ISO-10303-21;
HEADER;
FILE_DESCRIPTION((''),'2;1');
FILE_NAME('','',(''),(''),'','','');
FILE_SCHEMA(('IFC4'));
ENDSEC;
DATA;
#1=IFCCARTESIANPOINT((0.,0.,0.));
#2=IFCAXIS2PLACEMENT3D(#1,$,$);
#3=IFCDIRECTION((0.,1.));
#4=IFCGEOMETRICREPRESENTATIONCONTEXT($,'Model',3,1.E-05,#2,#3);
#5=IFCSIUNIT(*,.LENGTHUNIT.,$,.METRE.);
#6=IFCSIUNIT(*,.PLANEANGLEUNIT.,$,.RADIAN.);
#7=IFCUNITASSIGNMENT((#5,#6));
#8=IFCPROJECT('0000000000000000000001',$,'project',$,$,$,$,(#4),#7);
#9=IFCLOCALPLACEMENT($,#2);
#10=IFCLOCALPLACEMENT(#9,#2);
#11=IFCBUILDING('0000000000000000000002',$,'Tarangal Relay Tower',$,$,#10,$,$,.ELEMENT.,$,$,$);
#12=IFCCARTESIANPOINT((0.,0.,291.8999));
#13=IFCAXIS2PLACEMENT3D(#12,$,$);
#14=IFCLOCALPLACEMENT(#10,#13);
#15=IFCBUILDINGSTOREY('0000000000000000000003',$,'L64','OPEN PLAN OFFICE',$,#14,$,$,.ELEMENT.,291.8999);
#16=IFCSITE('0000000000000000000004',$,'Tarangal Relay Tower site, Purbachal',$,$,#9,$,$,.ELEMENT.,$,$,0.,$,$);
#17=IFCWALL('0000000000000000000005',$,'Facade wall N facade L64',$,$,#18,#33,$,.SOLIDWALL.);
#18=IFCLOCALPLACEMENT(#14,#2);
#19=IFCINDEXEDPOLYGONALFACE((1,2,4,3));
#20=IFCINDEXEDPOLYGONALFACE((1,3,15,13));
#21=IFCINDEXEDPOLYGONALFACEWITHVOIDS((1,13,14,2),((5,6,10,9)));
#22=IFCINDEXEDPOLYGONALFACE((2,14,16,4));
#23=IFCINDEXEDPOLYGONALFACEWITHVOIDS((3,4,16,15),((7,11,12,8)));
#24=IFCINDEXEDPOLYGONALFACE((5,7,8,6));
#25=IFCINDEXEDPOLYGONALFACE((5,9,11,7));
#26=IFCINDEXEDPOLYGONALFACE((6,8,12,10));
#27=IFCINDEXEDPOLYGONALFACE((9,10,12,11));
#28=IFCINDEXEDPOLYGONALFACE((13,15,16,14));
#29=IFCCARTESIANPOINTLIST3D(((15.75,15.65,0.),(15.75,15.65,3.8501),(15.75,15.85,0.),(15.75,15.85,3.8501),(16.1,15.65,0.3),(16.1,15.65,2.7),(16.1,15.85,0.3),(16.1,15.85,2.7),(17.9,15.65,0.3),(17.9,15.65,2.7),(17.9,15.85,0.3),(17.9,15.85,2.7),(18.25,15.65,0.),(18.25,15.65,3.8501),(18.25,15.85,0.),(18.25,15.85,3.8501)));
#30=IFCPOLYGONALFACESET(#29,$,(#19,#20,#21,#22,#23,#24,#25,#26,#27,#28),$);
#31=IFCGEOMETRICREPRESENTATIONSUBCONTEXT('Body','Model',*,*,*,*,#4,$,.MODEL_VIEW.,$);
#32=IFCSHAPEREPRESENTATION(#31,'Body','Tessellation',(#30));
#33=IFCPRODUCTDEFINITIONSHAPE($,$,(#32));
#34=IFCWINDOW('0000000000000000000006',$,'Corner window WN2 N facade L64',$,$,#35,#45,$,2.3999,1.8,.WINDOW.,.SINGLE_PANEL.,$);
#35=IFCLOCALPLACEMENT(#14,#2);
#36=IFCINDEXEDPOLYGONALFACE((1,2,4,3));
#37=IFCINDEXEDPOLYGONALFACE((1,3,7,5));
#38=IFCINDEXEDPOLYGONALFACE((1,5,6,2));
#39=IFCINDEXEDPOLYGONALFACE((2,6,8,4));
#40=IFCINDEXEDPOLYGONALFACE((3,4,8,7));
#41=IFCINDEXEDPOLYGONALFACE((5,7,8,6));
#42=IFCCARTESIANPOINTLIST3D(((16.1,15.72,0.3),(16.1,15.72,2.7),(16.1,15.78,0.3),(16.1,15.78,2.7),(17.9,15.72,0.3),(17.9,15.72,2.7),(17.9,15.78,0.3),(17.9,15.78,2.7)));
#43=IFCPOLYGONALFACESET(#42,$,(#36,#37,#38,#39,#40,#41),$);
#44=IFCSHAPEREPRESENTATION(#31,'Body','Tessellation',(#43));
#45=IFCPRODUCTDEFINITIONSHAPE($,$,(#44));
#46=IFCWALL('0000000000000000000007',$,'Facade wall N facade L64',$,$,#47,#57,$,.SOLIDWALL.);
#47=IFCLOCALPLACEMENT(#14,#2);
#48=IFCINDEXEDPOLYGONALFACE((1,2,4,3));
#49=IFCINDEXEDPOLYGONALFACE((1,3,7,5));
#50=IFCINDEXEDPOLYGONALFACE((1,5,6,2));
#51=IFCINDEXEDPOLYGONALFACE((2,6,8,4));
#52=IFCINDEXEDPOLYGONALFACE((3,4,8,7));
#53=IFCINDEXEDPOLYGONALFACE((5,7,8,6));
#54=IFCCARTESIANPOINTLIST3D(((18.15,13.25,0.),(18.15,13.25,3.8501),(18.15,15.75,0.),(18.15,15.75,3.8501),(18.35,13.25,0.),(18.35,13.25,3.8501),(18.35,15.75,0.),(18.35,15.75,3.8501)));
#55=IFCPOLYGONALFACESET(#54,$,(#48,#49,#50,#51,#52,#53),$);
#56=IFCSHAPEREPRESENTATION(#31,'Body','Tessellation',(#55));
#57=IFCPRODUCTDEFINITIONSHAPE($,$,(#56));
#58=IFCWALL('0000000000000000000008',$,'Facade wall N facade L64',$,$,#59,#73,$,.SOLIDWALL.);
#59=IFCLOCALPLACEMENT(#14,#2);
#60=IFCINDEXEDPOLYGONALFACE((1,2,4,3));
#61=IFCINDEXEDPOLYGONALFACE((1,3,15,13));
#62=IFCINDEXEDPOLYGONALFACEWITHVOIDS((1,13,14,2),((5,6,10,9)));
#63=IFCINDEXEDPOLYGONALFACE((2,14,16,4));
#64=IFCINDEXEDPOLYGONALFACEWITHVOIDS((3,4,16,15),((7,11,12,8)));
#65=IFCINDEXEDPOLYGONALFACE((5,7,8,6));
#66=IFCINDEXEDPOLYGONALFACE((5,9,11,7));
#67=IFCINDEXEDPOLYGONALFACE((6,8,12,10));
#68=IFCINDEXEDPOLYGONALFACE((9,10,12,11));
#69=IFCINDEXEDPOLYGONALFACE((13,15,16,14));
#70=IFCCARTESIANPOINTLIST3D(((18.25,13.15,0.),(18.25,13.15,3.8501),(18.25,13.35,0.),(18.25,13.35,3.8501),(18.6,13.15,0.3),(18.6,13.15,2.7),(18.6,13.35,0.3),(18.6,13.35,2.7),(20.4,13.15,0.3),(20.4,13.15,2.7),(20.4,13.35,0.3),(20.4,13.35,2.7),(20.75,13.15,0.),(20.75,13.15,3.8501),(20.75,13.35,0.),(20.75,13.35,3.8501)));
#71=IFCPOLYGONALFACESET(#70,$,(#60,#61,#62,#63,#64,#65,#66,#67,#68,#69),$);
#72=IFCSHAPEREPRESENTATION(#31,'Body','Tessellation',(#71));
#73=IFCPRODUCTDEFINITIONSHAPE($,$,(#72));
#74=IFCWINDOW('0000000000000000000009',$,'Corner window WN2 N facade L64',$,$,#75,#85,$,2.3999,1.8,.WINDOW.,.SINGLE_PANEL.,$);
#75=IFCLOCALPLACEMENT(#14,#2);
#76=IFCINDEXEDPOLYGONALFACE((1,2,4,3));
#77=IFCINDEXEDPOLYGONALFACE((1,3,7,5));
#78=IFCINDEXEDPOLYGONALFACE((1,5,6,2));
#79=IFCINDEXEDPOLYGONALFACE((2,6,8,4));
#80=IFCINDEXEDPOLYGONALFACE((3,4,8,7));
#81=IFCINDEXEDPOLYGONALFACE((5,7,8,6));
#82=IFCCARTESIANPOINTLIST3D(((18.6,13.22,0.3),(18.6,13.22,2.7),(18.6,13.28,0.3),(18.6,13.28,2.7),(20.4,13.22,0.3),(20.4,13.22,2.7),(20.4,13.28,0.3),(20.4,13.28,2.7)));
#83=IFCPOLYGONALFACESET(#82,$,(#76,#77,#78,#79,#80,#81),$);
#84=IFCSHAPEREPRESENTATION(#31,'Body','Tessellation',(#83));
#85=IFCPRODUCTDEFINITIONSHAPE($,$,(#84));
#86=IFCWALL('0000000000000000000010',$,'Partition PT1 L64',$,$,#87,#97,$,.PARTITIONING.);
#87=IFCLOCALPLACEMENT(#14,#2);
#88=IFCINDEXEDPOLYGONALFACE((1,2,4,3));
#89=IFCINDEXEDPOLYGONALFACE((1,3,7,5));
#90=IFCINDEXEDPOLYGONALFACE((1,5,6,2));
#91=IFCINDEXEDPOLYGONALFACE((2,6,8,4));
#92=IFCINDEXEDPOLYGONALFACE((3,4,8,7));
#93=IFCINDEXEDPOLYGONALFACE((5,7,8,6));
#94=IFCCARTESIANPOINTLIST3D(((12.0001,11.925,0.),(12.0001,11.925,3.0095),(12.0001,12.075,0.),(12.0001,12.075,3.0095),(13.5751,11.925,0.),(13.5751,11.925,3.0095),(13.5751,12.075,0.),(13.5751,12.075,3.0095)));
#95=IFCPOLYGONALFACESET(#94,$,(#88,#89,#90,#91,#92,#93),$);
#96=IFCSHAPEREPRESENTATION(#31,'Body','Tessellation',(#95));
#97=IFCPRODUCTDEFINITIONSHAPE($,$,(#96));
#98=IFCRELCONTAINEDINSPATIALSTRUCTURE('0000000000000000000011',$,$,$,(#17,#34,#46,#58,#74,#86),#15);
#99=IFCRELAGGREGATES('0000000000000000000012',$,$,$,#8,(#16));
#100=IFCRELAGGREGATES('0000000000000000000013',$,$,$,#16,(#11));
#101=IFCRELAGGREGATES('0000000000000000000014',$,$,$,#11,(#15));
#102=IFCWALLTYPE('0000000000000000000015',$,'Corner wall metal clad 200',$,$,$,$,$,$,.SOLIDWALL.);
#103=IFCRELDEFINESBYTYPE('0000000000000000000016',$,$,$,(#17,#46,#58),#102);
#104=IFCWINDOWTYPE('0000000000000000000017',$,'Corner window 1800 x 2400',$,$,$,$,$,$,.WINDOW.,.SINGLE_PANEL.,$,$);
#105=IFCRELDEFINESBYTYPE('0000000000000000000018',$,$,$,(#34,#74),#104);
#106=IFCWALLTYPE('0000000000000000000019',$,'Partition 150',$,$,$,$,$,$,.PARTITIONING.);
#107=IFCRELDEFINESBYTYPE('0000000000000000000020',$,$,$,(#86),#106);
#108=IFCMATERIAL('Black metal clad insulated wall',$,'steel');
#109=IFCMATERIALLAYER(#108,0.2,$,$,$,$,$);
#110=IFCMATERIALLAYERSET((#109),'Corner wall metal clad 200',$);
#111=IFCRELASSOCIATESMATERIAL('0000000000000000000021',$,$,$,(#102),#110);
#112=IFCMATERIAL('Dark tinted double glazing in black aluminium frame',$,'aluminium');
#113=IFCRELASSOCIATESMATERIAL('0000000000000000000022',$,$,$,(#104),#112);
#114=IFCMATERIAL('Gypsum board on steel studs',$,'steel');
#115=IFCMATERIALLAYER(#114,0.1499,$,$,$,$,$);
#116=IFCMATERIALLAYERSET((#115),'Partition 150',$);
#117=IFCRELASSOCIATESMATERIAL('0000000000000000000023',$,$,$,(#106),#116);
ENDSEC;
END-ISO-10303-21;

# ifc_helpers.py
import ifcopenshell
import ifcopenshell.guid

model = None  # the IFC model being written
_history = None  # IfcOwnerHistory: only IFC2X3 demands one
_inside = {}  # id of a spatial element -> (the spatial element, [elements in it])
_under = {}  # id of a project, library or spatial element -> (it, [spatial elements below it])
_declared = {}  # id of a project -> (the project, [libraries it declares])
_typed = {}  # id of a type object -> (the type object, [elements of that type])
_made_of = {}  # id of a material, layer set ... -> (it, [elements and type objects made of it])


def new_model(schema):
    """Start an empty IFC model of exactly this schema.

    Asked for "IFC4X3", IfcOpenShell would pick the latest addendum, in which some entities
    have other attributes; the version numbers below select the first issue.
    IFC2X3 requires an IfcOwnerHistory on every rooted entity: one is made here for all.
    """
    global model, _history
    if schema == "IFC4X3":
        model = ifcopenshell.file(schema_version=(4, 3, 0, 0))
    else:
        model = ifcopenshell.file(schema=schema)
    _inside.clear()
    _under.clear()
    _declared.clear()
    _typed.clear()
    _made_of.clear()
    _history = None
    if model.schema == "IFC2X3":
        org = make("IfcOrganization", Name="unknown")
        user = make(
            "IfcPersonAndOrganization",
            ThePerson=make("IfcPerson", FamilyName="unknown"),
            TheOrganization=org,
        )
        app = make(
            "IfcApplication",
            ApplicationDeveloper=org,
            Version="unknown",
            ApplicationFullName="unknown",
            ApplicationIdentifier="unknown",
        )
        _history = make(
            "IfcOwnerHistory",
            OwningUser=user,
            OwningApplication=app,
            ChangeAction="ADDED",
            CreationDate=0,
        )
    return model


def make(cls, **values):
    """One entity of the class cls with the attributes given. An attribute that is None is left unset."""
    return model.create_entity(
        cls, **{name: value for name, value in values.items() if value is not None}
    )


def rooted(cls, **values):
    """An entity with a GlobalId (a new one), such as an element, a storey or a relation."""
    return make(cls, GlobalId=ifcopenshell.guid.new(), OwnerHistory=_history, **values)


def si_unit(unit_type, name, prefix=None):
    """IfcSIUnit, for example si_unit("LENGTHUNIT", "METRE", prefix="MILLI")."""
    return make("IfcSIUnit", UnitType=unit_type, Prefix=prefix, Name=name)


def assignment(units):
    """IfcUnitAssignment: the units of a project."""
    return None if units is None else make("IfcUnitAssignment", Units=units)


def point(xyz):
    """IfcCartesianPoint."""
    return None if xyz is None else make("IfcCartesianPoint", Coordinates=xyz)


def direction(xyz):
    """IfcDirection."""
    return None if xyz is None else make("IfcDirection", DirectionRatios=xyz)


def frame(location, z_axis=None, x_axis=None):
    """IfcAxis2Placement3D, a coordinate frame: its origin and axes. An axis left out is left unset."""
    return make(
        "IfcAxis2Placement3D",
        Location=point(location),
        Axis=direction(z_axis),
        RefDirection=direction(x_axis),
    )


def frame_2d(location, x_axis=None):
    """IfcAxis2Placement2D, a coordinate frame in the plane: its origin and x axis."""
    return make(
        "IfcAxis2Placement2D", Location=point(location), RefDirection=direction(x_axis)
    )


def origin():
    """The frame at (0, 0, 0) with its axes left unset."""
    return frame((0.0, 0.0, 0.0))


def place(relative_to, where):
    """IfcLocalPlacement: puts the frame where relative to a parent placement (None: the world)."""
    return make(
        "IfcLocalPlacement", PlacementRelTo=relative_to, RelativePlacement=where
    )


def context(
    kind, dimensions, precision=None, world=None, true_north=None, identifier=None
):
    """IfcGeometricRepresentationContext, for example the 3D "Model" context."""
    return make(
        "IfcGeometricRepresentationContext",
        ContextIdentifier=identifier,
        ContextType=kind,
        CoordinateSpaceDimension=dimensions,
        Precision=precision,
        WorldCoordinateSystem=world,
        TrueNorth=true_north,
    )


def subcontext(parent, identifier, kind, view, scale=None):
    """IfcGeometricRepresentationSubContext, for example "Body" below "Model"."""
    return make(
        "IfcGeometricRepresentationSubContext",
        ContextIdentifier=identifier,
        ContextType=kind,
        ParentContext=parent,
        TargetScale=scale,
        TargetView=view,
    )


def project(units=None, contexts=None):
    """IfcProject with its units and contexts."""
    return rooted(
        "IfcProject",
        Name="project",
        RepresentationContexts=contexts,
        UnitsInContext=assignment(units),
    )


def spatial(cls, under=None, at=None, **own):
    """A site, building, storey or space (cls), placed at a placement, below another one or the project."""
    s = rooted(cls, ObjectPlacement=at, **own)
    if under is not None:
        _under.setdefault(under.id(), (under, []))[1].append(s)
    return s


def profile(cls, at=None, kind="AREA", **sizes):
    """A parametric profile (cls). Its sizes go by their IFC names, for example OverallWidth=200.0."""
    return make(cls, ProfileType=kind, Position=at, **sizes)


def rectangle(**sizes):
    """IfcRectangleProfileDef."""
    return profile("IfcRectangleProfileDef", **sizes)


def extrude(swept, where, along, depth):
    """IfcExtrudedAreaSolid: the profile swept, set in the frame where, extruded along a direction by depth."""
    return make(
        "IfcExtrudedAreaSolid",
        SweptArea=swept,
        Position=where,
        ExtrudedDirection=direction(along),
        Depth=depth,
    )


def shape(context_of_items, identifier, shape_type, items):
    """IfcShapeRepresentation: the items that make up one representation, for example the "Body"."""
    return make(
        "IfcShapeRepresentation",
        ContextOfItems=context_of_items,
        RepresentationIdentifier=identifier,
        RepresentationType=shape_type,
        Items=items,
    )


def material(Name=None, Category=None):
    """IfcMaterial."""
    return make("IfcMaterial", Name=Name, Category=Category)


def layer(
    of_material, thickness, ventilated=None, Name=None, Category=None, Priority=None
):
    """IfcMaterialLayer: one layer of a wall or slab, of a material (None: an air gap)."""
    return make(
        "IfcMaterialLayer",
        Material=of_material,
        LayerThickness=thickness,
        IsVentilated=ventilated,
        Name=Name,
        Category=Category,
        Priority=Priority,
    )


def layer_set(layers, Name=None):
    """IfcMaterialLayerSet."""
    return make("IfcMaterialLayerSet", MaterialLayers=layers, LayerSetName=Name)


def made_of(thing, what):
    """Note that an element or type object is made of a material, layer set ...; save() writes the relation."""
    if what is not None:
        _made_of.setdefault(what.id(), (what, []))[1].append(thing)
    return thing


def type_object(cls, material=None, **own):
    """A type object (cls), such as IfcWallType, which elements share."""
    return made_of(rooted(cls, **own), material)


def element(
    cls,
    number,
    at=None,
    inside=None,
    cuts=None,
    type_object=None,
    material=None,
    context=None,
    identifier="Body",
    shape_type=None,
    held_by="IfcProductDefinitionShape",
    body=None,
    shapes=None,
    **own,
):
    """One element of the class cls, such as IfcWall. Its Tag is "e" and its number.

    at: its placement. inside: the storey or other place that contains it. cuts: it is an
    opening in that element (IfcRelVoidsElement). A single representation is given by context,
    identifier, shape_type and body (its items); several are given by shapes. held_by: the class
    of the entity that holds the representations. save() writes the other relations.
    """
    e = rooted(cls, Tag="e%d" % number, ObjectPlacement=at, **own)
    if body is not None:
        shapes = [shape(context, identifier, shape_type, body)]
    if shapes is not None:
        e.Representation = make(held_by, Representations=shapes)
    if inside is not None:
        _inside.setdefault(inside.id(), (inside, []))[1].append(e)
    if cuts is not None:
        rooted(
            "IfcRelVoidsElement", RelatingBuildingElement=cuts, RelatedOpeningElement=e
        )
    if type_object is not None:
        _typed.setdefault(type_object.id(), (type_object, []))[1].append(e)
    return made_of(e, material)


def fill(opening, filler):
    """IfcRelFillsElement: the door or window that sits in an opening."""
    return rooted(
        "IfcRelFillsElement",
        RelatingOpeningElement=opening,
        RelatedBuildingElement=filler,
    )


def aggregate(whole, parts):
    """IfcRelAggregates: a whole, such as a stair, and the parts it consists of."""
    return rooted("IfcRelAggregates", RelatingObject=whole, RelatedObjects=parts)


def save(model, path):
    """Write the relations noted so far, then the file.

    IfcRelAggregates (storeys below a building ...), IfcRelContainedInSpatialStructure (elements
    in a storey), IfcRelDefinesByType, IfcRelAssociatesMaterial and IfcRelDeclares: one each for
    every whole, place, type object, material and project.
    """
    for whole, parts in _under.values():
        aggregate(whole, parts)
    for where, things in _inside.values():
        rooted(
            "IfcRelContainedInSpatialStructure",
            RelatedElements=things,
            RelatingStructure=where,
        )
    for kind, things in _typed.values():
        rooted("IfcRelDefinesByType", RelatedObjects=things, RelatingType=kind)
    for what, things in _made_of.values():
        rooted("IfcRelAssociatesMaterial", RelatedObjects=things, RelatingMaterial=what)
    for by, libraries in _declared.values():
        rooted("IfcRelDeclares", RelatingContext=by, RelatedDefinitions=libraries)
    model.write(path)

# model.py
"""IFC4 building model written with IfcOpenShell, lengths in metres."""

from ifc_helpers import new_model, si_unit, direction, frame, frame_2d, origin, place, context, subcontext, project, spatial, rectangle, extrude, material, layer, layer_set, type_object, element, fill, save


model = new_model("IFC4")

# Units and contexts
model_context = context("Model", 3, precision=1e-05, world=origin(), true_north=direction((0.0, 1.0)))
body_context = subcontext(model_context, "Body", "Model", "MODEL_VIEW")
ifc_project = project(units=[si_unit("LENGTHUNIT", "METRE"), si_unit("PLANEANGLEUNIT", "RADIAN")], contexts=[model_context])

# Site, building, storey
site_placement = place(None, origin())
site = spatial("IfcSite", under=ifc_project, at=site_placement, Name="Tarangal Relay Tower site, Purbachal", CompositionType="ELEMENT", RefElevation=0.0)
building_placement = place(site_placement, origin())
building = spatial("IfcBuilding", under=site, at=building_placement, Name="Tarangal Relay Tower", CompositionType="ELEMENT")
storey_placement = place(building_placement, frame((0.0, 0.0, 291.8999)))
storey = spatial("IfcBuildingStorey", under=building, at=storey_placement, Name="L64", Description="OPEN PLAN OFFICE", CompositionType="ELEMENT", Elevation=291.8999)

# Shared definitions
ifc_material_1 = material(Name="Black metal clad insulated wall", Category="steel")
ifc_layer_1 = layer(ifc_material_1, 0.2)
ifc_layer_set_1 = layer_set([ifc_layer_1], Name="Corner wall metal clad 200")
wall_type_1 = type_object("IfcWallType", Name="Corner wall metal clad 200", PredefinedType="SOLIDWALL", material=ifc_layer_set_1)

# Shared definitions
ifc_material_2 = material(Name="Dark tinted double glazing in black aluminium frame", Category="aluminium")
window_type = type_object("IfcWindowType", Name="Corner window 1800 x 2400", PartitioningType="SINGLE_PANEL", PredefinedType="WINDOW", material=ifc_material_2)

# Wall, opening, window
wall_1_placement = place(storey_placement, frame((15.75, 15.75, 0.0), z_axis=(0.0, 0.0, 1.0), x_axis=(1.0, 0.0, 0.0)))
wall_1 = element("IfcWall", 1, at=wall_1_placement, inside=storey, type_object=wall_type_1, Name="Facade wall N facade L64", PredefinedType="SOLIDWALL", context=body_context, shape_type="SweptSolid", body=[
    extrude(rectangle(XDim=2.5, YDim=0.2, at=frame_2d((1.25, 0.0))), origin(), (0.0, 0.0, 1.0), 3.8501),
])
opening_1_placement = place(wall_1_placement, frame((0.3501, 0.0, 0.3)))
opening_1 = element("IfcOpeningElement", 2, at=opening_1_placement, cuts=wall_1, PredefinedType="OPENING", context=body_context, shape_type="SweptSolid", body=[
    extrude(rectangle(XDim=1.8, YDim=2.3999, at=frame_2d((0.8999, 1.2))), frame((0.0, 0.1099, 0.0), z_axis=(0.0, -1.0, 0.0), x_axis=(1.0, 0.0, 0.0)), (0.0, 0.0, 1.0), 0.22),
])
window_1_placement = place(opening_1_placement, origin())
window_1 = element("IfcWindow", 3, at=window_1_placement, inside=storey, type_object=window_type, Name="Corner window WN2 N facade L64", OverallHeight=2.3999, OverallWidth=1.8, PartitioningType="SINGLE_PANEL", PredefinedType="WINDOW", context=body_context, shape_type="SweptSolid", body=[
    extrude(rectangle(XDim=1.8, YDim=2.3999, at=frame_2d((0.8999, 1.2))), frame((0.0, 0.03, 0.0), z_axis=(0.0, -1.0, 0.0), x_axis=(1.0, 0.0, 0.0)), (0.0, 0.0, 1.0), 0.0601),
])
fill(opening_1, window_1)

# Wall
wall_2_placement = place(storey_placement, frame((18.25, 15.75, 0.0), z_axis=(0.0, 0.0, 1.0), x_axis=(0.0, -1.0, 0.0)))
element("IfcWall", 4, at=wall_2_placement, inside=storey, type_object=wall_type_1, Name="Facade wall N facade L64", PredefinedType="SOLIDWALL", context=body_context, shape_type="SweptSolid", body=[
    extrude(rectangle(XDim=2.5, YDim=0.2, at=frame_2d((1.25, 0.0))), origin(), (0.0, 0.0, 1.0), 3.8501),
])

# Wall, opening, window
wall_3_placement = place(storey_placement, frame((18.25, 13.25, 0.0), z_axis=(0.0, 0.0, 1.0), x_axis=(1.0, 0.0, 0.0)))
wall_3 = element("IfcWall", 5, at=wall_3_placement, inside=storey, type_object=wall_type_1, Name="Facade wall N facade L64", PredefinedType="SOLIDWALL", context=body_context, shape_type="SweptSolid", body=[
    extrude(rectangle(XDim=2.5, YDim=0.2, at=frame_2d((1.25, 0.0))), origin(), (0.0, 0.0, 1.0), 3.8501),
])
opening_2_placement = place(wall_3_placement, frame((0.3501, 0.0, 0.3)))
opening_2 = element("IfcOpeningElement", 6, at=opening_2_placement, cuts=wall_3, PredefinedType="OPENING", context=body_context, shape_type="SweptSolid", body=[
    extrude(rectangle(XDim=1.8, YDim=2.3999, at=frame_2d((0.8999, 1.2))), frame((0.0, 0.1099, 0.0), z_axis=(0.0, -1.0, 0.0), x_axis=(1.0, 0.0, 0.0)), (0.0, 0.0, 1.0), 0.22),
])
window_2_placement = place(opening_2_placement, origin())
window_2 = element("IfcWindow", 7, at=window_2_placement, inside=storey, type_object=window_type, Name="Corner window WN2 N facade L64", OverallHeight=2.3999, OverallWidth=1.8, PartitioningType="SINGLE_PANEL", PredefinedType="WINDOW", context=body_context, shape_type="SweptSolid", body=[
    extrude(rectangle(XDim=1.8, YDim=2.3999, at=frame_2d((0.8999, 1.2))), frame((0.0, 0.03, 0.0), z_axis=(0.0, -1.0, 0.0), x_axis=(1.0, 0.0, 0.0)), (0.0, 0.0, 1.0), 0.0601),
])
fill(opening_2, window_2)

# Wall
ifc_material_3 = material(Name="Gypsum board on steel studs", Category="steel")
ifc_layer_2 = layer(ifc_material_3, 0.1499)
ifc_layer_set_2 = layer_set([ifc_layer_2], Name="Partition 150")
wall_type_2 = type_object("IfcWallType", Name="Partition 150", PredefinedType="PARTITIONING", material=ifc_layer_set_2)
wall_4_placement = place(storey_placement, frame((12.0, 12.0, 0.0), z_axis=(0.0, 0.0, 1.0), x_axis=(1.0, 0.0, 0.0)))
element("IfcWall", 8, at=wall_4_placement, inside=storey, type_object=wall_type_2, Name="Partition PT1 L64", PredefinedType="PARTITIONING", context=body_context, shape_type="SweptSolid", body=[
    extrude(rectangle(XDim=1.575, YDim=0.1499, at=frame_2d((0.7876, 0.0))), origin(), (0.0, 0.0, 1.0), 3.0095),
])

save(model, "model.ifc")
